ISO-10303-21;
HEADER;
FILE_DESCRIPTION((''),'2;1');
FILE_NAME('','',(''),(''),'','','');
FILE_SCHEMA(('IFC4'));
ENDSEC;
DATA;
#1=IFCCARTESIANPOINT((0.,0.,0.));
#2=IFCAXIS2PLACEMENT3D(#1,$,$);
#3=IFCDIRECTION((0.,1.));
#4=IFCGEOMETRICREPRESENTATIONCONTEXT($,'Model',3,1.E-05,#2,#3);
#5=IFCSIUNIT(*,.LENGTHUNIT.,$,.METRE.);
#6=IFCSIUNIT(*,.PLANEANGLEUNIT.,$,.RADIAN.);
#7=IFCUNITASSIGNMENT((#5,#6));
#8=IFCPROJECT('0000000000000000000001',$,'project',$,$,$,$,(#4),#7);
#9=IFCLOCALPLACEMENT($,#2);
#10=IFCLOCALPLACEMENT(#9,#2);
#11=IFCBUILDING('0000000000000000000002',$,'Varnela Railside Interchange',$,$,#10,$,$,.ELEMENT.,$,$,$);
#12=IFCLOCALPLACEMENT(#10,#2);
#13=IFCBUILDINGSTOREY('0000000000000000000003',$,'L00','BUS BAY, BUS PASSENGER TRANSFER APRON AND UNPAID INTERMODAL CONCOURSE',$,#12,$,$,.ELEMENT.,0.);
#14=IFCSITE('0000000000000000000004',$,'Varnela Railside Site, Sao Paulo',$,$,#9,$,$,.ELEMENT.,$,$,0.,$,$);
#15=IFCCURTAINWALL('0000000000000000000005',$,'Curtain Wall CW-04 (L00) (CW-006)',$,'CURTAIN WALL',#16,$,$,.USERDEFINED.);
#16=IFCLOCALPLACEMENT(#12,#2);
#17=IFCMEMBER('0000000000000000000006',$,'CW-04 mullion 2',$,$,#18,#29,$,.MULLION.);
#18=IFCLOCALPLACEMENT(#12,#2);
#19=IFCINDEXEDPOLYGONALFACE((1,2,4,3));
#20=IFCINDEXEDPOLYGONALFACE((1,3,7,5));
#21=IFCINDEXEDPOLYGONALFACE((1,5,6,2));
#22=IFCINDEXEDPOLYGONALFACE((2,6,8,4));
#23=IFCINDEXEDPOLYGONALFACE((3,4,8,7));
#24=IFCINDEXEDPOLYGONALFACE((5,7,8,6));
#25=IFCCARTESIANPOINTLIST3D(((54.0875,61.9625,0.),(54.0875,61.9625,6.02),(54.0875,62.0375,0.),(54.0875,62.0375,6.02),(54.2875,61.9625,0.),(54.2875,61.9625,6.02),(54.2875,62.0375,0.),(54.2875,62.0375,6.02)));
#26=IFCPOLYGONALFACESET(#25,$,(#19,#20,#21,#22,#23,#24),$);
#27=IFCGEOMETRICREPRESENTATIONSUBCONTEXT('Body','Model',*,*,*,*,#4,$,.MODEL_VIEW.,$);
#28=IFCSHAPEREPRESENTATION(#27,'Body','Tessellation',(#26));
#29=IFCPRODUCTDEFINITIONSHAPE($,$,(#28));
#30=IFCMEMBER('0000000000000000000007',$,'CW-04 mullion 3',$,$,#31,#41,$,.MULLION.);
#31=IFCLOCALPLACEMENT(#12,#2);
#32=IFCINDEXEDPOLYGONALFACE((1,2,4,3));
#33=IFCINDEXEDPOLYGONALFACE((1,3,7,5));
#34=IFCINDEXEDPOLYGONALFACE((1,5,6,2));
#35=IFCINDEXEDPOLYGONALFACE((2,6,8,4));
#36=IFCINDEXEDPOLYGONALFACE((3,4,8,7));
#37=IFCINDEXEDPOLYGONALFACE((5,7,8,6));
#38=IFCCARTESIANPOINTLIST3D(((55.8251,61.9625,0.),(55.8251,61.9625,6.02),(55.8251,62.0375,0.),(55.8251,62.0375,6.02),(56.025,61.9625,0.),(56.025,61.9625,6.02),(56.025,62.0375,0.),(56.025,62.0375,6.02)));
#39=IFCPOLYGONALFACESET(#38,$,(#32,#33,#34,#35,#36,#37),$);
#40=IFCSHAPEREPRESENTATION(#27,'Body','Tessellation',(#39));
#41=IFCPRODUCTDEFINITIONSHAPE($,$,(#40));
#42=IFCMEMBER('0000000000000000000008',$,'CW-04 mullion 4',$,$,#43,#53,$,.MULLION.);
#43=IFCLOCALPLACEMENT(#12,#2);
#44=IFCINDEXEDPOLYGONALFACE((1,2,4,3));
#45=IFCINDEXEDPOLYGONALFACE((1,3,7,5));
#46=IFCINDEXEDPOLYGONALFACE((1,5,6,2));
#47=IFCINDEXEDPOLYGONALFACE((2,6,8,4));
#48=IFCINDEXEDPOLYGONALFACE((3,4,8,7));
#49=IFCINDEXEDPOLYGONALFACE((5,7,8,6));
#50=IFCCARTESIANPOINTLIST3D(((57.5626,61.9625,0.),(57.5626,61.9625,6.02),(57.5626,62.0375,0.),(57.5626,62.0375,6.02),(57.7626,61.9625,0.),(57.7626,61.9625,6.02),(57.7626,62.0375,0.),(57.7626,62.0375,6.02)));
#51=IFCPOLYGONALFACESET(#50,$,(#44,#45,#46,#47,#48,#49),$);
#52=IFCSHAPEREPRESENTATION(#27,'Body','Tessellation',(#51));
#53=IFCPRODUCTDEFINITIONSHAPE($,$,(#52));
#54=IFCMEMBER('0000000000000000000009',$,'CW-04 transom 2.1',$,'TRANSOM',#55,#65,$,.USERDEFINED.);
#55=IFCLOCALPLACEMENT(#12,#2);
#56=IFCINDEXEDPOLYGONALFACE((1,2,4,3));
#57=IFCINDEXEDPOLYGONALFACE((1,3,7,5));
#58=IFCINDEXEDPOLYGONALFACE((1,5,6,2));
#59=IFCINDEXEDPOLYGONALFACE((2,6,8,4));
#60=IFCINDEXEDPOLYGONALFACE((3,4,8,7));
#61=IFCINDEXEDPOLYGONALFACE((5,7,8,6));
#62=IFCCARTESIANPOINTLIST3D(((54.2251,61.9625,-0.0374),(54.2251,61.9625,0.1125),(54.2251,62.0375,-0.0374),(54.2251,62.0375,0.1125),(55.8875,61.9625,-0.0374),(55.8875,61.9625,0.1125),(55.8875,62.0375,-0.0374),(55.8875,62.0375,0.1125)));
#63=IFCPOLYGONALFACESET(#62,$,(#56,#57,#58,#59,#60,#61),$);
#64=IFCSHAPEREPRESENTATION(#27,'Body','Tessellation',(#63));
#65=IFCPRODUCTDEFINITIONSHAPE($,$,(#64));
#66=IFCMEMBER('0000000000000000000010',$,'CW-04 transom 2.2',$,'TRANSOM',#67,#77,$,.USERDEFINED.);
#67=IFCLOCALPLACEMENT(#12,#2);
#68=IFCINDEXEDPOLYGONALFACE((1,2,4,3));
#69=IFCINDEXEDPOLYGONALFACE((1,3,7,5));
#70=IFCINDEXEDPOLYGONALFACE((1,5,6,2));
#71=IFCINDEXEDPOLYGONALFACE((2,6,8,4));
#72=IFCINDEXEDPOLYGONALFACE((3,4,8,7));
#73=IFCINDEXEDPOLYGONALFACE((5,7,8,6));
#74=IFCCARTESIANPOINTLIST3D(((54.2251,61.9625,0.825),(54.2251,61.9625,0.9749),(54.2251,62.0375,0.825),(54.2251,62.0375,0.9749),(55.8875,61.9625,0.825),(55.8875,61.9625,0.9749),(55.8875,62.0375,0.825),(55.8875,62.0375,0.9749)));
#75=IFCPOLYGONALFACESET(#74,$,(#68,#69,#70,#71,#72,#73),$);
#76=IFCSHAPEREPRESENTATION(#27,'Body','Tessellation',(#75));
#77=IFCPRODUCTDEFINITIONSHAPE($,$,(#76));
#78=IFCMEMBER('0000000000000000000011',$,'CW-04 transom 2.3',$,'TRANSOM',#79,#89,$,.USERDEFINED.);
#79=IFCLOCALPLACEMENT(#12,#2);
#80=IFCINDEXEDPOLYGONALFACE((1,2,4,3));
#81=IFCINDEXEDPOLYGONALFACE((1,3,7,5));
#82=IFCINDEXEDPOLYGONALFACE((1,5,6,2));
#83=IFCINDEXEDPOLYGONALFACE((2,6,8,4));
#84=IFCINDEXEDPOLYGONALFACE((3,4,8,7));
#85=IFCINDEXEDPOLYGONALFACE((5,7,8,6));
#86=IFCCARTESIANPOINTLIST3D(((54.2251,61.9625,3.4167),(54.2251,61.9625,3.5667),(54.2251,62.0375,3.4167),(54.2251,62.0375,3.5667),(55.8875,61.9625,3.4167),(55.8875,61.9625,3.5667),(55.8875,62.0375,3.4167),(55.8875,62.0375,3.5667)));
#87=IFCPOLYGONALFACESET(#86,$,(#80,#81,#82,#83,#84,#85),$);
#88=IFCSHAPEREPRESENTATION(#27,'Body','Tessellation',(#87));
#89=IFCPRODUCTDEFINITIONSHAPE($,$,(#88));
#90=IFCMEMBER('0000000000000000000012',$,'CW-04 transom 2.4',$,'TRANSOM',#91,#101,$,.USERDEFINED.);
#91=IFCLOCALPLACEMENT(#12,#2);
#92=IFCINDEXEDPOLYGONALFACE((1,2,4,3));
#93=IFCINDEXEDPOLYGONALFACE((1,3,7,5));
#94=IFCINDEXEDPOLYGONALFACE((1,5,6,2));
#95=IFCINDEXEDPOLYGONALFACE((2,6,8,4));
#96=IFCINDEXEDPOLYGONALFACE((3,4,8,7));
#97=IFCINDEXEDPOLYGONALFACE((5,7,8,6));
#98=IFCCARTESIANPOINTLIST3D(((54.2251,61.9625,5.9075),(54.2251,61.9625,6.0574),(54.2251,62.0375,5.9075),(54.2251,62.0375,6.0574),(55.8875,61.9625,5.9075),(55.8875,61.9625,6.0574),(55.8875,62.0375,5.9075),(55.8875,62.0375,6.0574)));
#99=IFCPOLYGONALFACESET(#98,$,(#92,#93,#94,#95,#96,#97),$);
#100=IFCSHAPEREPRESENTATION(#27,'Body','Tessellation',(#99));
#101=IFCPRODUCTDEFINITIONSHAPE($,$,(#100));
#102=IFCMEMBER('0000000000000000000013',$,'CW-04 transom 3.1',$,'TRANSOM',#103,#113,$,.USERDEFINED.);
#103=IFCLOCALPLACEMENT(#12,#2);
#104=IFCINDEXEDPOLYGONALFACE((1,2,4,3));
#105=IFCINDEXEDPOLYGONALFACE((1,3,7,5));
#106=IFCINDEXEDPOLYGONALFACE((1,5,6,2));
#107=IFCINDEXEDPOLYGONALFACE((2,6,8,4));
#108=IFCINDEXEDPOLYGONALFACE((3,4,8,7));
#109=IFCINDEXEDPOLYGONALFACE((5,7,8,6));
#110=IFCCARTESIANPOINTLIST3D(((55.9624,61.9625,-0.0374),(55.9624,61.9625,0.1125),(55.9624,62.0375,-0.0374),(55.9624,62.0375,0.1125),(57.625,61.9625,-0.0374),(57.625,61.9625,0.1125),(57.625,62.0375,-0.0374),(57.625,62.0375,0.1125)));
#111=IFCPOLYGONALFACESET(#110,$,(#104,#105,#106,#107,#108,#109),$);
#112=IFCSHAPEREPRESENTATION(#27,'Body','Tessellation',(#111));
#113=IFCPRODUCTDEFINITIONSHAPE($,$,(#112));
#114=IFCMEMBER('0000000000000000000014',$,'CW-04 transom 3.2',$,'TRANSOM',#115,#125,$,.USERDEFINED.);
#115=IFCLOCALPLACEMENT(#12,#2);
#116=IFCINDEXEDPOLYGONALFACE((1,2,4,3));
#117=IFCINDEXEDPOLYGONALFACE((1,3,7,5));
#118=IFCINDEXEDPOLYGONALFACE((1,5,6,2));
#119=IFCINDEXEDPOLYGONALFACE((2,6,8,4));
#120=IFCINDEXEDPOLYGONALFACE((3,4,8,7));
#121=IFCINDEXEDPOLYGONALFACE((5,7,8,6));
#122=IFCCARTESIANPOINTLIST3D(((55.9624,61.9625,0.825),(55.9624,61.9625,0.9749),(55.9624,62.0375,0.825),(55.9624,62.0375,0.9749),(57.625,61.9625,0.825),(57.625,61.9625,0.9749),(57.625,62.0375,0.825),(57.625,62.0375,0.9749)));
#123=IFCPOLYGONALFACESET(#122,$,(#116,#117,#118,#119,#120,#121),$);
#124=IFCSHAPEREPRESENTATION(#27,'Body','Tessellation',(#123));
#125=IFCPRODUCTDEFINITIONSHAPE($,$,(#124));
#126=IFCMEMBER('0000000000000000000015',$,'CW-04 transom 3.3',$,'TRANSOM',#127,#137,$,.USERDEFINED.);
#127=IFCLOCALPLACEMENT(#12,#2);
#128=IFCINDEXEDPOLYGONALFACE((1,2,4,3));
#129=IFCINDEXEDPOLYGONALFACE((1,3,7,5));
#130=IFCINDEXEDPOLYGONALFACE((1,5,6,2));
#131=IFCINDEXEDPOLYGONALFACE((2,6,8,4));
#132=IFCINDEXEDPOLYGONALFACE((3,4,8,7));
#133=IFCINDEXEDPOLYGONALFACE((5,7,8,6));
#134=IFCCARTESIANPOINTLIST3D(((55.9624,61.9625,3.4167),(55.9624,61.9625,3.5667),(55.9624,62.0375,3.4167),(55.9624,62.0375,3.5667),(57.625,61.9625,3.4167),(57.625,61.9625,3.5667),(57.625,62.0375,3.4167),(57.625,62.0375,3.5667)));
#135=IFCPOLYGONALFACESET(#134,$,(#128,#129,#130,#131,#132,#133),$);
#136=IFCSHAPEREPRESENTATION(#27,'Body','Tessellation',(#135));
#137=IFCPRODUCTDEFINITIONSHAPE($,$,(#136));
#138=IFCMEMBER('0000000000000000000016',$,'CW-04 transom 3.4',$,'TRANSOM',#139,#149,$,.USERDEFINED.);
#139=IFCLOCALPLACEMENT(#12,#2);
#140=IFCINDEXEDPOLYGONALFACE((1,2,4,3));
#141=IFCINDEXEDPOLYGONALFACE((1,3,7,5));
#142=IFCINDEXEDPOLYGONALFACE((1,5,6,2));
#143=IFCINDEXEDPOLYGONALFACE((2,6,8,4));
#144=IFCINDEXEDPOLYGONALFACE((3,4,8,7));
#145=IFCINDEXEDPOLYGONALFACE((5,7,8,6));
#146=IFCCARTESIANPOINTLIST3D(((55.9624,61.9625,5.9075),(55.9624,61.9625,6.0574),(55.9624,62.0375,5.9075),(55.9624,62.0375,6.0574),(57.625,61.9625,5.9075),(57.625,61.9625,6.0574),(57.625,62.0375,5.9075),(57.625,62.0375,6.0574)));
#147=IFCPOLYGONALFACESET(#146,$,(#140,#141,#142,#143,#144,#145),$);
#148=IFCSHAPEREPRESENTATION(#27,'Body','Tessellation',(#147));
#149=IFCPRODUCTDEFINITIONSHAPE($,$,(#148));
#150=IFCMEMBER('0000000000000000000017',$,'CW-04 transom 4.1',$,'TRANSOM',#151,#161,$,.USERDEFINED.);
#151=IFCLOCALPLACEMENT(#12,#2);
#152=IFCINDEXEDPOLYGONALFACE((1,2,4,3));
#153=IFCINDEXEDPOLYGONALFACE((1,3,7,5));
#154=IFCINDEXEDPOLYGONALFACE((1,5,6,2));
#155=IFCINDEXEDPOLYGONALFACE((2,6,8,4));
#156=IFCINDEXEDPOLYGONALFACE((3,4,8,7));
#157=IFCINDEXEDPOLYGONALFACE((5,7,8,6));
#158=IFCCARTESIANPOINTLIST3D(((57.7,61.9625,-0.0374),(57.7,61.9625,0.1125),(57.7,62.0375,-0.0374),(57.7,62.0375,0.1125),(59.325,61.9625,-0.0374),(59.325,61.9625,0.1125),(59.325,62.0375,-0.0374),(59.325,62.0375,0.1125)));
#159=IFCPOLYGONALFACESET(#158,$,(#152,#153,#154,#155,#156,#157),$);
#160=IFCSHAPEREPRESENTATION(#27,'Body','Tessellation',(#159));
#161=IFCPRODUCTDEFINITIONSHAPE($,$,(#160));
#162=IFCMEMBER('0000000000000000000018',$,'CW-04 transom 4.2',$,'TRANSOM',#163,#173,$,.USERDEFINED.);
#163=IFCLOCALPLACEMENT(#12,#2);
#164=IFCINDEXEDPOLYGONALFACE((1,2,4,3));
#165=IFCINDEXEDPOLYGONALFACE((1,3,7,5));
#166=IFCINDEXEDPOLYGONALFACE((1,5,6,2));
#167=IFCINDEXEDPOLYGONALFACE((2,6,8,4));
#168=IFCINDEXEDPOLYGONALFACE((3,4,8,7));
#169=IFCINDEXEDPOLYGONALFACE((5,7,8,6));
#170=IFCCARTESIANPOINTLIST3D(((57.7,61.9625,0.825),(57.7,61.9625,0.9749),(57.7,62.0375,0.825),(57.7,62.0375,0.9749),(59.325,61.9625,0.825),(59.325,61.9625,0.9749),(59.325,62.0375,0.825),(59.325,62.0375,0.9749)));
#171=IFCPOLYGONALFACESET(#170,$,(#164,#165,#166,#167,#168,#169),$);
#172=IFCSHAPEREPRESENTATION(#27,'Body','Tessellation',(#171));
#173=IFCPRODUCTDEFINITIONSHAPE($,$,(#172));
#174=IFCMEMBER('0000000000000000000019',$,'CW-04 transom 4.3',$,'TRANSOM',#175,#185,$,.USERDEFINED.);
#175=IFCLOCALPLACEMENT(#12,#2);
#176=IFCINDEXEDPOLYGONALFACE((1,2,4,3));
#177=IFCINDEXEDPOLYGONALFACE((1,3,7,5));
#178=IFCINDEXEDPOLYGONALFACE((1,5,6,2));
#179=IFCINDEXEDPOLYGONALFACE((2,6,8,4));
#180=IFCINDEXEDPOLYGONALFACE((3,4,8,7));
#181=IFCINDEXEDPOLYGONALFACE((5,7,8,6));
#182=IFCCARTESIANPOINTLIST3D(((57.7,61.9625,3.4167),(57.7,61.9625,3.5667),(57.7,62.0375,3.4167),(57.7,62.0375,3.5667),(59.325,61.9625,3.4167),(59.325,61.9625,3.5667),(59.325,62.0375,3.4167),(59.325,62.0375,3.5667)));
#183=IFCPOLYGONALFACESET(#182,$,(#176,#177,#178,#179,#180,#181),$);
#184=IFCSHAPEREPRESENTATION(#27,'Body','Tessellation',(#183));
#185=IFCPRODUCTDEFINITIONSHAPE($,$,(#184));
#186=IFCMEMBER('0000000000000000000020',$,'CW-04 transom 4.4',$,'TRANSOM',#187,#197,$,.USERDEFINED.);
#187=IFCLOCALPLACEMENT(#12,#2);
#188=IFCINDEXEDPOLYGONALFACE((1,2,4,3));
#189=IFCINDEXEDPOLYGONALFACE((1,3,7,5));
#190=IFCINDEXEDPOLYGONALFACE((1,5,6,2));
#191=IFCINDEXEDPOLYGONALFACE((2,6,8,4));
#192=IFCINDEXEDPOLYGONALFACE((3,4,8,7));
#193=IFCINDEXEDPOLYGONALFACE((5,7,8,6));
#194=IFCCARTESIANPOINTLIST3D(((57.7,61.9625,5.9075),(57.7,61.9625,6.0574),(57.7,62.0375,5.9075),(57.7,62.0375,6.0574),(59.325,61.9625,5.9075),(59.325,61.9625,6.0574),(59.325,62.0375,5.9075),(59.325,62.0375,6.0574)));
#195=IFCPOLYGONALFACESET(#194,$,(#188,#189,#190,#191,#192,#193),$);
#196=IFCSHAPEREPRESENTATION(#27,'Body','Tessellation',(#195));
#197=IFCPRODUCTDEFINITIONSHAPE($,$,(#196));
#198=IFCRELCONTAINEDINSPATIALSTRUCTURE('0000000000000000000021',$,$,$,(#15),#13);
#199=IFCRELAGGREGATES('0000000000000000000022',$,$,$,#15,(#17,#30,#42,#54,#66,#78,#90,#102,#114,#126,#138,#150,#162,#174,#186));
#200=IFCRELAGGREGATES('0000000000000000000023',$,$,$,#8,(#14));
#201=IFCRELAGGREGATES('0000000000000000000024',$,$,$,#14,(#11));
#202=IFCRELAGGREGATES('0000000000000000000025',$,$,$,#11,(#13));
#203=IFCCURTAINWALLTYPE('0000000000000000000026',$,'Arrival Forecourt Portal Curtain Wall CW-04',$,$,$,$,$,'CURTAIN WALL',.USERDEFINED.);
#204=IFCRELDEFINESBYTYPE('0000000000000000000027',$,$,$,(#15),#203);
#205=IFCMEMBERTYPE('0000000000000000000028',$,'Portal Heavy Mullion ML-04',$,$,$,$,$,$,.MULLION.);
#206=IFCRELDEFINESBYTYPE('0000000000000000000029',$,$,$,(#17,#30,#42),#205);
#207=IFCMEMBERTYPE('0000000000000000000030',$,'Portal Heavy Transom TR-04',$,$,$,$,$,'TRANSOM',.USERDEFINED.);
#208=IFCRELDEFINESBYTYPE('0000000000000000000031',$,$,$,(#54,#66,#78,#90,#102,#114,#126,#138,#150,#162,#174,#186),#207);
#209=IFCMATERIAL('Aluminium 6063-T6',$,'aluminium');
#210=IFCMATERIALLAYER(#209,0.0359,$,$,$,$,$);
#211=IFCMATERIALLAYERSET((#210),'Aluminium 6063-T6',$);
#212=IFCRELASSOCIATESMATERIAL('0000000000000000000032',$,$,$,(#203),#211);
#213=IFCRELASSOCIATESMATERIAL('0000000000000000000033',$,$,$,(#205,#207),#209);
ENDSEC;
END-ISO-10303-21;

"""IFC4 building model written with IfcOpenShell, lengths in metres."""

from ifc_helpers import new_model, si_unit, direction, frame, origin, origin_2d, place, context, subcontext, project, spatial, rectangle, extrude, material, layer, layer_set, material_profile, profile_set, type_object, element, aggregate, save


model = new_model("IFC4")

# Units and contexts
model_context = context("Model", 3, precision=1e-05, world=origin(), true_north=direction((0.0, 1.0)))
body_context = subcontext(model_context, "Body", "Model", "MODEL_VIEW")
ifc_project = project(units=[si_unit("LENGTHUNIT", "METRE"), si_unit("PLANEANGLEUNIT", "RADIAN")], contexts=[model_context])

# Site, building, storey
site_placement = place(None, origin())
site = spatial("IfcSite", under=ifc_project, at=site_placement, Name="Varnela Railside Site, Sao Paulo", CompositionType="ELEMENT", RefElevation=0.0)
building_placement = place(site_placement, origin())
building = spatial("IfcBuilding", under=site, at=building_placement, Name="Varnela Railside Interchange", CompositionType="ELEMENT")
storey_placement = place(building_placement, origin())
storey = spatial("IfcBuildingStorey", under=building, at=storey_placement, Name="L00", Description="BUS BAY, BUS PASSENGER TRANSFER APRON AND UNPAID INTERMODAL CONCOURSE", CompositionType="ELEMENT", Elevation=0.0)

# Curtain wall, members
ifc_material_1 = material(Name="Aluminium 6063-T6", Category="aluminium")
ifc_layer_1 = layer(ifc_material_1, 0.0359)
ifc_layer_set_1 = layer_set([ifc_layer_1], Name="Aluminium 6063-T6")
curtain_wall_type = type_object("IfcCurtainWallType", Name="Arrival Forecourt Portal Curtain Wall CW-04", ElementType="CURTAIN WALL", PredefinedType="USERDEFINED", material=ifc_layer_set_1)
curtain_wall_placement = place(storey_placement, origin())
curtain_wall = element("IfcCurtainWall", 1, at=curtain_wall_placement, inside=storey, type_object=curtain_wall_type, Name="Curtain Wall CW-04 (L00) (CW-006)", ObjectType="CURTAIN WALL", PredefinedType="USERDEFINED")
ifc_material_profile_1 = material_profile(ifc_material_1, rectangle(XDim=0.075, YDim=0.2, at=origin_2d()), Name="ALU 75x200")
ifc_profile_set_1 = profile_set([ifc_material_profile_1], Name="Aluminium 6063-T6")
member_type_1 = type_object("IfcMemberType", Name="Portal Heavy Mullion ML-04", PredefinedType="MULLION", material=ifc_profile_set_1)
member_1_placement = place(storey_placement, frame((54.1875, 62.0, 0.0), z_axis=(0.0, 0.0, 1.0), x_axis=(0.0, 1.0, 0.0)))
member_1 = element("IfcMember", 2, at=member_1_placement, type_object=member_type_1, Name="CW-04 mullion 2", PredefinedType="MULLION", context=body_context, shape_type="SweptSolid", body=[
    extrude(rectangle(XDim=0.075, YDim=0.2, at=origin_2d()), origin(), (0.0, 0.0, 1.0), 6.02),
])
member_2_placement = place(storey_placement, frame((55.925, 62.0, 0.0), z_axis=(0.0, 0.0, 1.0), x_axis=(0.0, 1.0, 0.0)))
member_2 = element("IfcMember", 3, at=member_2_placement, type_object=member_type_1, Name="CW-04 mullion 3", PredefinedType="MULLION", context=body_context, shape_type="SweptSolid", body=[
    extrude(rectangle(XDim=0.075, YDim=0.2, at=origin_2d()), origin(), (0.0, 0.0, 1.0), 6.02),
])
member_3_placement = place(storey_placement, frame((57.6626, 62.0, 0.0), z_axis=(0.0, 0.0, 1.0), x_axis=(0.0, 1.0, 0.0)))
member_3 = element("IfcMember", 4, at=member_3_placement, type_object=member_type_1, Name="CW-04 mullion 4", PredefinedType="MULLION", context=body_context, shape_type="SweptSolid", body=[
    extrude(rectangle(XDim=0.075, YDim=0.2, at=origin_2d()), origin(), (0.0, 0.0, 1.0), 6.02),
])
ifc_material_profile_2 = material_profile(ifc_material_1, rectangle(XDim=0.075, YDim=0.1499, at=origin_2d()), Name="ALU 75x150")
ifc_profile_set_2 = profile_set([ifc_material_profile_2], Name="Aluminium 6063-T6")
member_type_2 = type_object("IfcMemberType", Name="Portal Heavy Transom TR-04", ElementType="TRANSOM", PredefinedType="USERDEFINED", material=ifc_profile_set_2)
member_4_placement = place(storey_placement, frame((54.2251, 62.0, 0.0376), z_axis=(1.0, 0.0, 0.0), x_axis=(0.0, 1.0, 0.0)))
member_4 = element("IfcMember", 5, at=member_4_placement, type_object=member_type_2, Name="CW-04 transom 2.1", ObjectType="TRANSOM", PredefinedType="USERDEFINED", context=body_context, shape_type="SweptSolid", body=[
    extrude(rectangle(XDim=0.075, YDim=0.1499, at=origin_2d()), origin(), (0.0, 0.0, 1.0), 1.6624),
])
member_5_placement = place(storey_placement, frame((54.2251, 62.0, 0.8999), z_axis=(1.0, 0.0, 0.0), x_axis=(0.0, 1.0, 0.0)))
member_5 = element("IfcMember", 6, at=member_5_placement, type_object=member_type_2, Name="CW-04 transom 2.2", ObjectType="TRANSOM", PredefinedType="USERDEFINED", context=body_context, shape_type="SweptSolid", body=[
    extrude(rectangle(XDim=0.075, YDim=0.1499, at=origin_2d()), origin(), (0.0, 0.0, 1.0), 1.6624),
])
member_6_placement = place(storey_placement, frame((54.2251, 62.0, 3.4917), z_axis=(1.0, 0.0, 0.0), x_axis=(0.0, 1.0, 0.0)))
member_6 = element("IfcMember", 7, at=member_6_placement, type_object=member_type_2, Name="CW-04 transom 2.3", ObjectType="TRANSOM", PredefinedType="USERDEFINED", context=body_context, shape_type="SweptSolid", body=[
    extrude(rectangle(XDim=0.075, YDim=0.1499, at=origin_2d()), origin(), (0.0, 0.0, 1.0), 1.6624),
])
member_7_placement = place(storey_placement, frame((54.2251, 62.0, 5.9824), z_axis=(1.0, 0.0, 0.0), x_axis=(0.0, 1.0, 0.0)))
member_7 = element("IfcMember", 8, at=member_7_placement, type_object=member_type_2, Name="CW-04 transom 2.4", ObjectType="TRANSOM", PredefinedType="USERDEFINED", context=body_context, shape_type="SweptSolid", body=[
    extrude(rectangle(XDim=0.075, YDim=0.1499, at=origin_2d()), origin(), (0.0, 0.0, 1.0), 1.6624),
])
member_8_placement = place(storey_placement, frame((55.9624, 62.0, 0.0376), z_axis=(1.0, 0.0, 0.0), x_axis=(0.0, 1.0, 0.0)))
member_8 = element("IfcMember", 9, at=member_8_placement, type_object=member_type_2, Name="CW-04 transom 3.1", ObjectType="TRANSOM", PredefinedType="USERDEFINED", context=body_context, shape_type="SweptSolid", body=[
    extrude(rectangle(XDim=0.075, YDim=0.1499, at=origin_2d()), origin(), (0.0, 0.0, 1.0), 1.6626),
])
member_9_placement = place(storey_placement, frame((55.9624, 62.0, 0.8999), z_axis=(1.0, 0.0, 0.0), x_axis=(0.0, 1.0, 0.0)))
member_9 = element("IfcMember", 10, at=member_9_placement, type_object=member_type_2, Name="CW-04 transom 3.2", ObjectType="TRANSOM", PredefinedType="USERDEFINED", context=body_context, shape_type="SweptSolid", body=[
    extrude(rectangle(XDim=0.075, YDim=0.1499, at=origin_2d()), origin(), (0.0, 0.0, 1.0), 1.6626),
])
member_10_placement = place(storey_placement, frame((55.9624, 62.0, 3.4917), z_axis=(1.0, 0.0, 0.0), x_axis=(0.0, 1.0, 0.0)))
member_10 = element("IfcMember", 11, at=member_10_placement, type_object=member_type_2, Name="CW-04 transom 3.3", ObjectType="TRANSOM", PredefinedType="USERDEFINED", context=body_context, shape_type="SweptSolid", body=[
    extrude(rectangle(XDim=0.075, YDim=0.1499, at=origin_2d()), origin(), (0.0, 0.0, 1.0), 1.6626),
])
member_11_placement = place(storey_placement, frame((55.9624, 62.0, 5.9824), z_axis=(1.0, 0.0, 0.0), x_axis=(0.0, 1.0, 0.0)))
member_11 = element("IfcMember", 12, at=member_11_placement, type_object=member_type_2, Name="CW-04 transom 3.4", ObjectType="TRANSOM", PredefinedType="USERDEFINED", context=body_context, shape_type="SweptSolid", body=[
    extrude(rectangle(XDim=0.075, YDim=0.1499, at=origin_2d()), origin(), (0.0, 0.0, 1.0), 1.6626),
])
member_12_placement = place(storey_placement, frame((57.7, 62.0, 0.0376), z_axis=(1.0, 0.0, 0.0), x_axis=(0.0, 1.0, 0.0)))
member_12 = element("IfcMember", 13, at=member_12_placement, type_object=member_type_2, Name="CW-04 transom 4.1", ObjectType="TRANSOM", PredefinedType="USERDEFINED", context=body_context, shape_type="SweptSolid", body=[
    extrude(rectangle(XDim=0.075, YDim=0.1499, at=origin_2d()), origin(), (0.0, 0.0, 1.0), 1.625),
])
member_13_placement = place(storey_placement, frame((57.7, 62.0, 0.8999), z_axis=(1.0, 0.0, 0.0), x_axis=(0.0, 1.0, 0.0)))
member_13 = element("IfcMember", 14, at=member_13_placement, type_object=member_type_2, Name="CW-04 transom 4.2", ObjectType="TRANSOM", PredefinedType="USERDEFINED", context=body_context, shape_type="SweptSolid", body=[
    extrude(rectangle(XDim=0.075, YDim=0.1499, at=origin_2d()), origin(), (0.0, 0.0, 1.0), 1.625),
])
member_14_placement = place(storey_placement, frame((57.7, 62.0, 3.4917), z_axis=(1.0, 0.0, 0.0), x_axis=(0.0, 1.0, 0.0)))
member_14 = element("IfcMember", 15, at=member_14_placement, type_object=member_type_2, Name="CW-04 transom 4.3", ObjectType="TRANSOM", PredefinedType="USERDEFINED", context=body_context, shape_type="SweptSolid", body=[
    extrude(rectangle(XDim=0.075, YDim=0.1499, at=origin_2d()), origin(), (0.0, 0.0, 1.0), 1.625),
])
member_15_placement = place(storey_placement, frame((57.7, 62.0, 5.9824), z_axis=(1.0, 0.0, 0.0), x_axis=(0.0, 1.0, 0.0)))
member_15 = element("IfcMember", 16, at=member_15_placement, type_object=member_type_2, Name="CW-04 transom 4.4", ObjectType="TRANSOM", PredefinedType="USERDEFINED", context=body_context, shape_type="SweptSolid", body=[
    extrude(rectangle(XDim=0.075, YDim=0.1499, at=origin_2d()), origin(), (0.0, 0.0, 1.0), 1.625),
])
aggregate(curtain_wall, [member_1, member_2, member_3, member_4, member_5, member_6, member_7, member_8, member_9, member_10, member_11, member_12, member_13, member_14, member_15])

save(model, "model.ifc")
